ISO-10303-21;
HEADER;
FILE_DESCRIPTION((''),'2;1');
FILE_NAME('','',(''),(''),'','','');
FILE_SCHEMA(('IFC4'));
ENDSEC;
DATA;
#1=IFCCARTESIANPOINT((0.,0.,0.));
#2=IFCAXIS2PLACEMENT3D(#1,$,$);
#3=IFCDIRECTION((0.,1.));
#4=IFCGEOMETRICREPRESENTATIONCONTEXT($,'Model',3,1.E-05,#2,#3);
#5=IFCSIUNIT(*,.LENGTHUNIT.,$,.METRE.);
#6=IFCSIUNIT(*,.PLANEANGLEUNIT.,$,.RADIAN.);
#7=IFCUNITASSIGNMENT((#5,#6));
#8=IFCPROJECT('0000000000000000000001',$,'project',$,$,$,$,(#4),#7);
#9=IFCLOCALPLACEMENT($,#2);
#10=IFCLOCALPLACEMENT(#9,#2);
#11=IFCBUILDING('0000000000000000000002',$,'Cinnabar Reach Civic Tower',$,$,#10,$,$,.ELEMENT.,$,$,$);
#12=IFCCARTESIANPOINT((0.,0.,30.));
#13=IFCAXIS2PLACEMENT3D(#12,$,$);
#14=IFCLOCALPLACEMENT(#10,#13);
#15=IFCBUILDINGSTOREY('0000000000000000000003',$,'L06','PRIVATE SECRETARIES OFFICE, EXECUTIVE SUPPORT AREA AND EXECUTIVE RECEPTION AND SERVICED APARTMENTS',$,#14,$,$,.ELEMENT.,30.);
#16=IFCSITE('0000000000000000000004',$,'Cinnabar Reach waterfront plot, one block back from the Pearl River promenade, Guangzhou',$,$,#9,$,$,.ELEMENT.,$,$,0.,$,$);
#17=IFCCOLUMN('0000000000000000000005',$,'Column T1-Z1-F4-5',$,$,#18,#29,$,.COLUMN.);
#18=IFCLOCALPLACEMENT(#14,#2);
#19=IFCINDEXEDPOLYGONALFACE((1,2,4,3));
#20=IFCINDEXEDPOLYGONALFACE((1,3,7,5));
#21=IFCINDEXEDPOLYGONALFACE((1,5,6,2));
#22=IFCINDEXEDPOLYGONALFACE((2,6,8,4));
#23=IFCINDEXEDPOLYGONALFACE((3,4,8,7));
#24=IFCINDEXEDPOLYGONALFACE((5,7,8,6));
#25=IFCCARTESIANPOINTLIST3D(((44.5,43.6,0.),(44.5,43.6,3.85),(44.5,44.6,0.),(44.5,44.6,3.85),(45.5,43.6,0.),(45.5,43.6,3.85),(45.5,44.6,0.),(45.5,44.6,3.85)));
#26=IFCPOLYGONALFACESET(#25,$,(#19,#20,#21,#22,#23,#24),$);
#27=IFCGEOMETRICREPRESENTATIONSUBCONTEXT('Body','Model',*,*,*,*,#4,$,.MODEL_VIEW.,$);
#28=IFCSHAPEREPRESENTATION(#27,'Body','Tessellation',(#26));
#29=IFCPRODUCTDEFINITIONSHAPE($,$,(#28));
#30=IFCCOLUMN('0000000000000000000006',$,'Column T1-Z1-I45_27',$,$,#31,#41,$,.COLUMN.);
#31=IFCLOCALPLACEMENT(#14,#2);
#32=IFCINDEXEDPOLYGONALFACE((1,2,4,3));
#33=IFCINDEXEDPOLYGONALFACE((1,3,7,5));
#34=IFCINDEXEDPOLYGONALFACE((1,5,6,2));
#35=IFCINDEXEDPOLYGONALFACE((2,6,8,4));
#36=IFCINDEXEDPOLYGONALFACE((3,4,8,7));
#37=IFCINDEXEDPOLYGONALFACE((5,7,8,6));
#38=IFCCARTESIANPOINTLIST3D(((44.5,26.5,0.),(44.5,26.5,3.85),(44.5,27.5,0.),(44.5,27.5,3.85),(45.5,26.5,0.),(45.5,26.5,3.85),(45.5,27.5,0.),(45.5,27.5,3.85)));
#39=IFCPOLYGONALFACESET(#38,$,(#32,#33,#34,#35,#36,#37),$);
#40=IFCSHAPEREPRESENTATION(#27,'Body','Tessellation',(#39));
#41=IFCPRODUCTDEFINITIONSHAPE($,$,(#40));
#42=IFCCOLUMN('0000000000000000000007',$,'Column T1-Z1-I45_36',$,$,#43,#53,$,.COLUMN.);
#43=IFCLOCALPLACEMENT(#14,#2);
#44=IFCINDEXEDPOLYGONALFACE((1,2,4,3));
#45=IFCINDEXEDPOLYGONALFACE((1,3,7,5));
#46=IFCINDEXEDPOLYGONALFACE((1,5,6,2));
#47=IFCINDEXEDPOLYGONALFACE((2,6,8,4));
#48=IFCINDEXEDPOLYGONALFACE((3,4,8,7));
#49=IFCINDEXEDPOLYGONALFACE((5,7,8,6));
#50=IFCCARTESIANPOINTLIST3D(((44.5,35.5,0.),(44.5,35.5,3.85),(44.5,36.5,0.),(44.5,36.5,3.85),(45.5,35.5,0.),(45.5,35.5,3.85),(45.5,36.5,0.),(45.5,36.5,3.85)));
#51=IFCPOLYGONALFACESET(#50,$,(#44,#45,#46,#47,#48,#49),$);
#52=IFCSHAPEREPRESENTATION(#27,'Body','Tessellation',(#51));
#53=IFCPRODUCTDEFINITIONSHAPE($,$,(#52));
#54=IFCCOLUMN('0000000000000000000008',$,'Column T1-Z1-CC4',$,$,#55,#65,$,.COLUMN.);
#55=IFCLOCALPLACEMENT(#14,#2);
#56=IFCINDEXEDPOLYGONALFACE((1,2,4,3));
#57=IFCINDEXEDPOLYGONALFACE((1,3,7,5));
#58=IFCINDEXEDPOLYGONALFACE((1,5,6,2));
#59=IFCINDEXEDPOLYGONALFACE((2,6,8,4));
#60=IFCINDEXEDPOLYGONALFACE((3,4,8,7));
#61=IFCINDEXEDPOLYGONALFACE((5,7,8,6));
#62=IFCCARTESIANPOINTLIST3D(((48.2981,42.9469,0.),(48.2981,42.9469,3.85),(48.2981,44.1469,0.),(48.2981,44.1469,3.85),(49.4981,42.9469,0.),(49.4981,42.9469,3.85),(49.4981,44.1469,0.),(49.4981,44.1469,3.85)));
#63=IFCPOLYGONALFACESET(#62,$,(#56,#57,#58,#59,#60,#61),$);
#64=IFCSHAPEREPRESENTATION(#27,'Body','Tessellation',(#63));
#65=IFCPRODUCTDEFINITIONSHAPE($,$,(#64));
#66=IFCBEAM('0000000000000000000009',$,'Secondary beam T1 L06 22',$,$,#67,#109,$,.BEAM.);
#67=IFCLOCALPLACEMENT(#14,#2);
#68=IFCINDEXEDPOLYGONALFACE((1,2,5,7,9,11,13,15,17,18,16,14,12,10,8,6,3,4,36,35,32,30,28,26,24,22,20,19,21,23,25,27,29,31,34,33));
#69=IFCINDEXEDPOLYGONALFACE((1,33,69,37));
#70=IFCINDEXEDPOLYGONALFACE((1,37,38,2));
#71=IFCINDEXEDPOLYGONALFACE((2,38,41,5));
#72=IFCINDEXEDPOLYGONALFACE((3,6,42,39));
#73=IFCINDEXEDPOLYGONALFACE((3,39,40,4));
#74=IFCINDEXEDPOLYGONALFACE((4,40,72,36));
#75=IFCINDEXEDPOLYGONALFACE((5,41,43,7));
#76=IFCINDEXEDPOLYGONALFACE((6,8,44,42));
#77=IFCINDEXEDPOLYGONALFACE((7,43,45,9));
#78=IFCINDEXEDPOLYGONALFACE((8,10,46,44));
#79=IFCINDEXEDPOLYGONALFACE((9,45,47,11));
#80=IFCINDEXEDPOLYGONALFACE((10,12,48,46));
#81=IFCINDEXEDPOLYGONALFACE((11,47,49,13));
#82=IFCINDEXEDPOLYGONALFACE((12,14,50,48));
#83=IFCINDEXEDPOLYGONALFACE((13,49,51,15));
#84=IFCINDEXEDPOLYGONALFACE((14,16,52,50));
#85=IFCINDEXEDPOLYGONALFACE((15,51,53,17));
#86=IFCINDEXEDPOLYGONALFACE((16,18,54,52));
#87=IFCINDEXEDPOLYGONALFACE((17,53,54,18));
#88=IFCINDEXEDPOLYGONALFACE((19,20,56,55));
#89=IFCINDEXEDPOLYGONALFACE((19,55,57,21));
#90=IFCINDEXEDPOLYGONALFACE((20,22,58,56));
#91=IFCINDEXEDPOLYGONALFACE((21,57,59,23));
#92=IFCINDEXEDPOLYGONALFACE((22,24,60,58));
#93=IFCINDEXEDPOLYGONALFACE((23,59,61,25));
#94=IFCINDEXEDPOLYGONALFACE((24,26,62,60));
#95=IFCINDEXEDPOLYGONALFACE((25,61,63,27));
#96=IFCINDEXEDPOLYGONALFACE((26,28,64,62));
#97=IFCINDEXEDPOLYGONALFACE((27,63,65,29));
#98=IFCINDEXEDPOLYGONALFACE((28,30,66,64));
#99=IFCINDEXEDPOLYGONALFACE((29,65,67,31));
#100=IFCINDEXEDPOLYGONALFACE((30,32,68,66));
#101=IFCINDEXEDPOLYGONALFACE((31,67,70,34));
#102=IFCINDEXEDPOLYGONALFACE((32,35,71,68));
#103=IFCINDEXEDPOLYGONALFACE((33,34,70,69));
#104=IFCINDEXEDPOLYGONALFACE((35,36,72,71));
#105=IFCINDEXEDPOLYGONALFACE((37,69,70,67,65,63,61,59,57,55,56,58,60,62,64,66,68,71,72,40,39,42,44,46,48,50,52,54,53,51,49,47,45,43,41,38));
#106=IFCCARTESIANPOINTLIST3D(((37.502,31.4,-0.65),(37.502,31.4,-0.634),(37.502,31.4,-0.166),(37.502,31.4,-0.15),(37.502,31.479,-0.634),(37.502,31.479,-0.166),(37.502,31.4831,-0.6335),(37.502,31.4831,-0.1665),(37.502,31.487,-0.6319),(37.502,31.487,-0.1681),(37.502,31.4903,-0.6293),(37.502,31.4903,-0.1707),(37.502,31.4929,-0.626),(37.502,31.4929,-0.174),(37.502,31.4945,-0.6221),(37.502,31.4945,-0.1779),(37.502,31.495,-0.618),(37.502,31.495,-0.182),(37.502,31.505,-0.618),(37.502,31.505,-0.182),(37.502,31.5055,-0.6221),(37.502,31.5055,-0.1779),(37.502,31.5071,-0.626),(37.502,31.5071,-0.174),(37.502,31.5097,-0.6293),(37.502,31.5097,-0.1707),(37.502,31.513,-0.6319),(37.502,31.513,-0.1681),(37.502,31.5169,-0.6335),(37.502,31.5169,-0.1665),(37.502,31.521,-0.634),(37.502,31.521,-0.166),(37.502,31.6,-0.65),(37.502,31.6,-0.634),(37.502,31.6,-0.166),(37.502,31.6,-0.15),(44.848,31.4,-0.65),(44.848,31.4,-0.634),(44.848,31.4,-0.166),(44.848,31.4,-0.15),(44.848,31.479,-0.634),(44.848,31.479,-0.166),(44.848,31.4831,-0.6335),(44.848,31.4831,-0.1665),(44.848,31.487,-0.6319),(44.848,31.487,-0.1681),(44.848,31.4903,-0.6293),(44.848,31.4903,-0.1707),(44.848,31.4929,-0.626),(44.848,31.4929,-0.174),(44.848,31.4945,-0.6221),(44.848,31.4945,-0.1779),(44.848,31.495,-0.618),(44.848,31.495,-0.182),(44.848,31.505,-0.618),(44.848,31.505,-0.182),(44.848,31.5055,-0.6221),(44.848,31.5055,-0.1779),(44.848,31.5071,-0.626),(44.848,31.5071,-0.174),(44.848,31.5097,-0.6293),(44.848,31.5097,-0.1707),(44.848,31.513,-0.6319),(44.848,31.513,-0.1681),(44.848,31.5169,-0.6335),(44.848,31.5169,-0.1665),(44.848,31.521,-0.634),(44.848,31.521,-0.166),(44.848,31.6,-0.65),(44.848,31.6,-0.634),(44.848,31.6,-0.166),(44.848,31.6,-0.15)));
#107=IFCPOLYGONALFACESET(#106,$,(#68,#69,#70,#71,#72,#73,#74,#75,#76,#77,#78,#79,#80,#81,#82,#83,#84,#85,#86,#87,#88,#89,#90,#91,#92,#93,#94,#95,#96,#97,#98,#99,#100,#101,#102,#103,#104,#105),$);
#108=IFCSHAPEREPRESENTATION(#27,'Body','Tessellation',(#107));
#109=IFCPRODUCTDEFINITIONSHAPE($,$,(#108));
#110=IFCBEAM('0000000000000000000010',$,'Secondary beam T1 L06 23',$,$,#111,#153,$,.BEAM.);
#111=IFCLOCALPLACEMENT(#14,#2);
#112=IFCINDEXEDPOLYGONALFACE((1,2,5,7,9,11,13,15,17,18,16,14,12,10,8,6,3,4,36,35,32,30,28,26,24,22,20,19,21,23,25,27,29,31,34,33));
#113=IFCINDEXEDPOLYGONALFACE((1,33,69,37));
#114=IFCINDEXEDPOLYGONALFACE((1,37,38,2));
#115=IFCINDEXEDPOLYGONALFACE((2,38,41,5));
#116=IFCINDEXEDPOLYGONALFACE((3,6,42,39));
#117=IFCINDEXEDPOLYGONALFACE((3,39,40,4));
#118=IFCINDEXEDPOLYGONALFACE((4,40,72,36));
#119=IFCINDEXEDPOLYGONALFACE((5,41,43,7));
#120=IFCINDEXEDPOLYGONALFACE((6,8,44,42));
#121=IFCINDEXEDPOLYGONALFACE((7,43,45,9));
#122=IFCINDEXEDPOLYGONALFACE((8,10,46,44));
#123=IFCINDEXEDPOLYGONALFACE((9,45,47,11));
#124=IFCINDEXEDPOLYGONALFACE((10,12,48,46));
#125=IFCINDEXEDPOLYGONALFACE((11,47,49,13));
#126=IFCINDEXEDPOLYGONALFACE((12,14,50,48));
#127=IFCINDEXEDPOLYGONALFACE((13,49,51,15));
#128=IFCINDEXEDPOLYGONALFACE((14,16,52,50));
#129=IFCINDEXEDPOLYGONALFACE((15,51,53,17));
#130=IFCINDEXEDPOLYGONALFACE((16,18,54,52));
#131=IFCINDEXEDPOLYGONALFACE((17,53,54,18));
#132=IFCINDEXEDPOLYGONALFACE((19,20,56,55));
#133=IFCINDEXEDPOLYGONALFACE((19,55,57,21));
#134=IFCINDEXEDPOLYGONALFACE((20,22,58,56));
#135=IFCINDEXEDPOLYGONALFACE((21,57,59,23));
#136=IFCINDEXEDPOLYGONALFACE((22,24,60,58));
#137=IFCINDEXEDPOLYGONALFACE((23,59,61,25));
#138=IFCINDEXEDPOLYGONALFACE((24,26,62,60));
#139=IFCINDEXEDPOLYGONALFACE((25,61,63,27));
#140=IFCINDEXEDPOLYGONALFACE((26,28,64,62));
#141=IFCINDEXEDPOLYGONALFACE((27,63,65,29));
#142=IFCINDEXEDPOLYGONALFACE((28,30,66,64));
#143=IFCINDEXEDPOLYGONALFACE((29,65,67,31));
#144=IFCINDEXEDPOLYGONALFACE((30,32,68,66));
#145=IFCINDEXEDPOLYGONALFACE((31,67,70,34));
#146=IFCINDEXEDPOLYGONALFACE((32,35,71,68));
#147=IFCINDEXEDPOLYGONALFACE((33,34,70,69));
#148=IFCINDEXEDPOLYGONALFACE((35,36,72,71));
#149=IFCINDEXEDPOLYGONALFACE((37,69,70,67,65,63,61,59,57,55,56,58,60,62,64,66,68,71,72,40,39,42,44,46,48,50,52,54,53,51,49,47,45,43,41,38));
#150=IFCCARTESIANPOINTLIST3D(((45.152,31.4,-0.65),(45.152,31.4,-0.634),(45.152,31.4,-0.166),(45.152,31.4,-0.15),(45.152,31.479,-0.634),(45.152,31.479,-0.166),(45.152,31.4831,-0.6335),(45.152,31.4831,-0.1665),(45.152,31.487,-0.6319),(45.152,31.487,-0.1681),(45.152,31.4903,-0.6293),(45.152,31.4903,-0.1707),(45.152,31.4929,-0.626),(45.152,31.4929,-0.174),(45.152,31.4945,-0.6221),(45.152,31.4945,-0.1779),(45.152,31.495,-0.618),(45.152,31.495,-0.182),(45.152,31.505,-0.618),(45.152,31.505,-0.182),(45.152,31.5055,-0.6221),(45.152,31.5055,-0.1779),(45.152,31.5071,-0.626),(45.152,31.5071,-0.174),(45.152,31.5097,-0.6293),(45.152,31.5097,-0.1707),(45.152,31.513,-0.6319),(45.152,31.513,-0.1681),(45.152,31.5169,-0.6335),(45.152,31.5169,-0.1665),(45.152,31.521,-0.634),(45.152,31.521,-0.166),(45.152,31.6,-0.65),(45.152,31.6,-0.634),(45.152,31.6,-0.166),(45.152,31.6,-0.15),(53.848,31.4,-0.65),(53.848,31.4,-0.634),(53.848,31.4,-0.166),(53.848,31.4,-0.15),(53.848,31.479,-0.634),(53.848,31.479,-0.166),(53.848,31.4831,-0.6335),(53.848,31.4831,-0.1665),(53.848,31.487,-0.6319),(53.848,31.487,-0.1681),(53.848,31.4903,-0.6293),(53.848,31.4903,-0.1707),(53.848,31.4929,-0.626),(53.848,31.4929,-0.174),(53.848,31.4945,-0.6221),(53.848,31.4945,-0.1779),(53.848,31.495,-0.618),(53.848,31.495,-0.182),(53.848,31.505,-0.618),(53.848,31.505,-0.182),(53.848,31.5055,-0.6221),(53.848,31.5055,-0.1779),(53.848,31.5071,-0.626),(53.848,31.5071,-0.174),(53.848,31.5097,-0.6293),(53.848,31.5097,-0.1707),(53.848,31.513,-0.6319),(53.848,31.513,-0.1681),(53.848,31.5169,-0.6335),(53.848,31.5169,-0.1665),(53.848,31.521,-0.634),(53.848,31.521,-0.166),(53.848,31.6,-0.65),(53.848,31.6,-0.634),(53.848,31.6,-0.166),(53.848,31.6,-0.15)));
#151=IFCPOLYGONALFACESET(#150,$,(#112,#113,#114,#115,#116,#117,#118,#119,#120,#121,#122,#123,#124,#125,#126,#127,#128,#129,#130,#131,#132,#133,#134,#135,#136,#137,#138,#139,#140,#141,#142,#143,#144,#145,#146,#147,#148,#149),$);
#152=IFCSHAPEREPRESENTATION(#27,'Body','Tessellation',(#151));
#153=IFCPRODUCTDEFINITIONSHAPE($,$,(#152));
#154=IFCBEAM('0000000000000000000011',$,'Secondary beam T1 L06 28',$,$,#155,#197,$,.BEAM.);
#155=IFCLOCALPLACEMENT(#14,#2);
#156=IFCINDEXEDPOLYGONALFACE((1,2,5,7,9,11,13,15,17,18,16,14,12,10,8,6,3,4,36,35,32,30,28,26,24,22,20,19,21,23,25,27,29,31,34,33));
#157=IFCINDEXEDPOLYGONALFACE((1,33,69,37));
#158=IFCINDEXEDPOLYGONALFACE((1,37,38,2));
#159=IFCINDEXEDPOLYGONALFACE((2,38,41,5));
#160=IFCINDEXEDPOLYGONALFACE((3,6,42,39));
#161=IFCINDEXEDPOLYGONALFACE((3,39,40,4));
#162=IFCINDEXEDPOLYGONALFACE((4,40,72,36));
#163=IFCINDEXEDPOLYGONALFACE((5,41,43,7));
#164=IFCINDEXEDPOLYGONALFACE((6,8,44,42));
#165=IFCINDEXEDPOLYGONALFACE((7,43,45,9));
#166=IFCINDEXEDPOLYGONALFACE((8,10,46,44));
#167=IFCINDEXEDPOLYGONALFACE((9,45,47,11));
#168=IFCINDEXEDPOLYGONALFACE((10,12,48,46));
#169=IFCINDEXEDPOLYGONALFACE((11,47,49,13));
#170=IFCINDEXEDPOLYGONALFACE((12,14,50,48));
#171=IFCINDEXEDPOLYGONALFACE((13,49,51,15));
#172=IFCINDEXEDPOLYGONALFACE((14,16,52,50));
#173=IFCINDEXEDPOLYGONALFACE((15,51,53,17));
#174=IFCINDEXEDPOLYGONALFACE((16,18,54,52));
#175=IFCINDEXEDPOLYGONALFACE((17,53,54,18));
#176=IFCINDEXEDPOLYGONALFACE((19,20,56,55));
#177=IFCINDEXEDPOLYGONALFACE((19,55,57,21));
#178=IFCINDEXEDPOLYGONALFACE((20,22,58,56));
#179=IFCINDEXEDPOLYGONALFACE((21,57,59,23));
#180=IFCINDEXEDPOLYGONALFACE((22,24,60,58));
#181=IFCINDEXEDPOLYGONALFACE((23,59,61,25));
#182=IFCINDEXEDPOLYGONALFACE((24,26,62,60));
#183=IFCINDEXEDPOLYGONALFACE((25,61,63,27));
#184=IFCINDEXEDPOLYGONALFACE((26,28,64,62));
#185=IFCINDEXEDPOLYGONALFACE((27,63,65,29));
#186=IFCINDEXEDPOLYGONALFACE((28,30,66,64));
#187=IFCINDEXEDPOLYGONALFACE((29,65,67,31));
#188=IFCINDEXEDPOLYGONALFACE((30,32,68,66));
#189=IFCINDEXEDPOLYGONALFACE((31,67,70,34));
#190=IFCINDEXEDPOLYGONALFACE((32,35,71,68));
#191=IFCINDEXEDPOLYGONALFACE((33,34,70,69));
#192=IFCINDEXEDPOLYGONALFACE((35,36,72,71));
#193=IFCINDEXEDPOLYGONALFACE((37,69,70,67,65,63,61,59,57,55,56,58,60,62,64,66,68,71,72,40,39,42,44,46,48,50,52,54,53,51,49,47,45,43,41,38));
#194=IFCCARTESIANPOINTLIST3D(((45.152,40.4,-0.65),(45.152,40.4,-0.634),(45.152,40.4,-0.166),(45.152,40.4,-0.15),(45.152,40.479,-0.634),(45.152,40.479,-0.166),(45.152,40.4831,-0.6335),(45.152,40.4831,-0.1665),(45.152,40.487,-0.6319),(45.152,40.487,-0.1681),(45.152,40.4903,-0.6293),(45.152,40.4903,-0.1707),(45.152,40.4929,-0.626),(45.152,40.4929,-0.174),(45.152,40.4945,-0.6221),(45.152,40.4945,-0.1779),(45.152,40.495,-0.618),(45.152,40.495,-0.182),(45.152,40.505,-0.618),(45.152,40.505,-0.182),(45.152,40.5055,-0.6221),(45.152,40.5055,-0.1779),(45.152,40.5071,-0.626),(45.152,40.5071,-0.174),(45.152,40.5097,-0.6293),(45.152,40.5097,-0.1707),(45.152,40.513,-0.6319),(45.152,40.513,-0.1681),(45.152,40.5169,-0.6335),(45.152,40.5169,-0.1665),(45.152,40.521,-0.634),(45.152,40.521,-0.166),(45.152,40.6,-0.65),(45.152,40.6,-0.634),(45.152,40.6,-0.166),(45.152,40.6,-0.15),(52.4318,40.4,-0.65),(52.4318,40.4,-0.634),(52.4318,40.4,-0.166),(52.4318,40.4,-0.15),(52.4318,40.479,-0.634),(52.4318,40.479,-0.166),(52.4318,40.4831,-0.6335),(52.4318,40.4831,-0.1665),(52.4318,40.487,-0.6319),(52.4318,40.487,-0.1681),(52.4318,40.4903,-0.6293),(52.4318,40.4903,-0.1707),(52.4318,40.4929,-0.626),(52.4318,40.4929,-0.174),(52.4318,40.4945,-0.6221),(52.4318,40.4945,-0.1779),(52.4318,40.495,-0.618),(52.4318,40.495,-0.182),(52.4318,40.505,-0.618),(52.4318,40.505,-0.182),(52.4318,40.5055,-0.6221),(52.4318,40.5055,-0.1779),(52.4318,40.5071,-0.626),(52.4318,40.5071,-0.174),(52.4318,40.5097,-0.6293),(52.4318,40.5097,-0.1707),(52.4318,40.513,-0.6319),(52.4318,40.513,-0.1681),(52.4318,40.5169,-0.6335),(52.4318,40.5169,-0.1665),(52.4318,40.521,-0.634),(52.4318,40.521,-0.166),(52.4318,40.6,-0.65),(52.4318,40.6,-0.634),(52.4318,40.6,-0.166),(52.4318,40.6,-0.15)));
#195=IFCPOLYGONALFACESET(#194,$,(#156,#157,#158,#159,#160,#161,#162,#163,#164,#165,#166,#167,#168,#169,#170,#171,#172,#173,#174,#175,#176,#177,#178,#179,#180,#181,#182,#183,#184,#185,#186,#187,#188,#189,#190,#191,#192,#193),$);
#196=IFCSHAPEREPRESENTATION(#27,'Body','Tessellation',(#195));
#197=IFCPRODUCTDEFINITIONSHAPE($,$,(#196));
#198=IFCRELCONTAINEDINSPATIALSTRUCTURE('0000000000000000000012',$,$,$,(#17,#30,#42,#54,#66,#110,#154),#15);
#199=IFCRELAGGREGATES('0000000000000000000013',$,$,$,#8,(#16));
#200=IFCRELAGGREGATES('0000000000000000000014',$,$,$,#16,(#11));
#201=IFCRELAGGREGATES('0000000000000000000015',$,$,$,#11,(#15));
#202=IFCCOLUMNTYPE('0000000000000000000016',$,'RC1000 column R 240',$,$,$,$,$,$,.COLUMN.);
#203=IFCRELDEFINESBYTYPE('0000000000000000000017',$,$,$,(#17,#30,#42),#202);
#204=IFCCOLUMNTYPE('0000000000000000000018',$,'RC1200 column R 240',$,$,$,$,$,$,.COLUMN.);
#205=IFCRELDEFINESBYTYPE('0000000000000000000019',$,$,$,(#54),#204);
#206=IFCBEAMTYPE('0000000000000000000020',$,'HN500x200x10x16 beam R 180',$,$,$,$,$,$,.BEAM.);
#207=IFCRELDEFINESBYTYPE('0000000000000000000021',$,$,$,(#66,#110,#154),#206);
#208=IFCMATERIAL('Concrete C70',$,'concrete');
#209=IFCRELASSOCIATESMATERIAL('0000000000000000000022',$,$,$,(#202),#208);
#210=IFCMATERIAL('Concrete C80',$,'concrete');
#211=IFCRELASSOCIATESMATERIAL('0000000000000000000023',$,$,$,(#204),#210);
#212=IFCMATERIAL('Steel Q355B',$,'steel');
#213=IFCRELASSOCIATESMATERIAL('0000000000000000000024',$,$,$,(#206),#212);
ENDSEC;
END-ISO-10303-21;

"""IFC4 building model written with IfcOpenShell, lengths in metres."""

from ifc_helpers import new_model, si_unit, direction, frame, origin, origin_2d, place, context, subcontext, project, spatial, rectangle, i_section, extrude, material, material_profile, profile_set, type_object, element, save


model = new_model("IFC4")

# Units and contexts
model_context = context("Model", 3, precision=1e-05, world=origin(), true_north=direction((0.0, 1.0)))
body_context = subcontext(model_context, "Body", "Model", "MODEL_VIEW")
ifc_project = project(units=[si_unit("LENGTHUNIT", "METRE"), si_unit("PLANEANGLEUNIT", "RADIAN")], contexts=[model_context])

# Site, building, storey
site_placement = place(None, origin())
site = spatial("IfcSite", under=ifc_project, at=site_placement, Name="Cinnabar Reach waterfront plot, one block back from the Pearl River promenade, Guangzhou", CompositionType="ELEMENT", RefElevation=0.0)
building_placement = place(site_placement, origin())
building = spatial("IfcBuilding", under=site, at=building_placement, Name="Cinnabar Reach Civic Tower", CompositionType="ELEMENT")
storey_placement = place(building_placement, frame((0.0, 0.0, 30.0)))
storey = spatial("IfcBuildingStorey", under=building, at=storey_placement, Name="L06", Description="PRIVATE SECRETARIES OFFICE, EXECUTIVE SUPPORT AREA AND EXECUTIVE RECEPTION AND SERVICED APARTMENTS", CompositionType="ELEMENT", Elevation=30.0)

# Columns
ifc_material_1 = material(Name="Concrete C70", Category="concrete")
ifc_material_profile_1 = material_profile(ifc_material_1, rectangle(XDim=1.0, YDim=1.0, at=origin_2d()), Name="RC1000")
ifc_profile_set_1 = profile_set([ifc_material_profile_1], Name="Concrete C70")
column_type_1 = type_object("IfcColumnType", Name="RC1000 column R 240", PredefinedType="COLUMN", material=ifc_profile_set_1)
for number, where, z_axis, x_axis, name in (
    (1, (45.0, 44.1, 0.0), (0.0, 0.0, 1.0), (1.0, 0.0, 0.0), "Column T1-Z1-F4-5"),
    (2, (45.0, 27.0, 0.0), (0.0, 0.0, 1.0), (1.0, 0.0, 0.0), "Column T1-Z1-I45_27"),
    (3, (45.0, 36.0, 0.0), (0.0, 0.0, 1.0), (1.0, 0.0, 0.0), "Column T1-Z1-I45_36"),
):
    element("IfcColumn", number, at=place(storey_placement, frame(where, z_axis=z_axis, x_axis=x_axis)), inside=storey, type_object=column_type_1, Name=name, PredefinedType="COLUMN", context=body_context, shape_type="SweptSolid", body=[
        extrude(rectangle(XDim=1.0, YDim=1.0, at=origin_2d()), origin(), (0.0, 0.0, 1.0), 3.85),
    ])
ifc_material_2 = material(Name="Concrete C80", Category="concrete")
ifc_material_profile_2 = material_profile(ifc_material_2, rectangle(XDim=1.2, YDim=1.2, at=origin_2d()), Name="RC1200")
ifc_profile_set_2 = profile_set([ifc_material_profile_2], Name="Concrete C80")
column_type_2 = type_object("IfcColumnType", Name="RC1200 column R 240", PredefinedType="COLUMN", material=ifc_profile_set_2)
column_placement = place(storey_placement, frame((48.8981, 43.5469, 0.0), z_axis=(0.0, 0.0, 1.0), x_axis=(1.0, 0.0, 0.0)))
element("IfcColumn", 4, at=column_placement, inside=storey, type_object=column_type_2, Name="Column T1-Z1-CC4", PredefinedType="COLUMN", context=body_context, shape_type="SweptSolid", body=[
    extrude(rectangle(XDim=1.2, YDim=1.2, at=origin_2d()), origin(), (0.0, 0.0, 1.0), 3.85),
])

# Beams
ifc_material_3 = material(Name="Steel Q355B", Category="steel")
ifc_material_profile_3 = material_profile(ifc_material_3, i_section(OverallWidth=0.2, OverallDepth=0.5, WebThickness=0.01, FlangeThickness=0.016, FilletRadius=0.016, at=origin_2d()), Name="HN500x200x10x16")
ifc_profile_set_3 = profile_set([ifc_material_profile_3], Name="Steel Q355B")
beam_type_1 = type_object("IfcBeamType", Name="HN500x200x10x16 beam R 180", PredefinedType="BEAM", material=ifc_profile_set_3)
beam_1_placement = place(storey_placement, frame((37.502, 31.5, -0.4), z_axis=(1.0, 0.0, 0.0), x_axis=(0.0, 1.0, 0.0)))
element("IfcBeam", 5, at=beam_1_placement, inside=storey, type_object=beam_type_1, Name="Secondary beam T1 L06 22", PredefinedType="BEAM", context=body_context, shape_type="SweptSolid", body=[
    extrude(i_section(OverallWidth=0.2, OverallDepth=0.5, WebThickness=0.01, FlangeThickness=0.016, FilletRadius=0.016, at=origin_2d()), origin(), (0.0, 0.0, 1.0), 7.346),
])
beam_2_placement = place(storey_placement, frame((45.152, 31.5, -0.4), z_axis=(1.0, 0.0, 0.0), x_axis=(0.0, 1.0, 0.0)))
element("IfcBeam", 6, at=beam_2_placement, inside=storey, type_object=beam_type_1, Name="Secondary beam T1 L06 23", PredefinedType="BEAM", context=body_context, shape_type="SweptSolid", body=[
    extrude(i_section(OverallWidth=0.2, OverallDepth=0.5, WebThickness=0.01, FlangeThickness=0.016, FilletRadius=0.016, at=origin_2d()), origin(), (0.0, 0.0, 1.0), 8.696),
])
beam_3_placement = place(storey_placement, frame((45.152, 40.5, -0.4), z_axis=(1.0, 0.0, 0.0), x_axis=(0.0, 1.0, 0.0)))
element("IfcBeam", 7, at=beam_3_placement, inside=storey, type_object=beam_type_1, Name="Secondary beam T1 L06 28", PredefinedType="BEAM", context=body_context, shape_type="SweptSolid", body=[
    extrude(i_section(OverallWidth=0.2, OverallDepth=0.5, WebThickness=0.01, FlangeThickness=0.016, FilletRadius=0.016, at=origin_2d()), origin(), (0.0, 0.0, 1.0), 7.2798),
])

save(model, "model.ifc")
